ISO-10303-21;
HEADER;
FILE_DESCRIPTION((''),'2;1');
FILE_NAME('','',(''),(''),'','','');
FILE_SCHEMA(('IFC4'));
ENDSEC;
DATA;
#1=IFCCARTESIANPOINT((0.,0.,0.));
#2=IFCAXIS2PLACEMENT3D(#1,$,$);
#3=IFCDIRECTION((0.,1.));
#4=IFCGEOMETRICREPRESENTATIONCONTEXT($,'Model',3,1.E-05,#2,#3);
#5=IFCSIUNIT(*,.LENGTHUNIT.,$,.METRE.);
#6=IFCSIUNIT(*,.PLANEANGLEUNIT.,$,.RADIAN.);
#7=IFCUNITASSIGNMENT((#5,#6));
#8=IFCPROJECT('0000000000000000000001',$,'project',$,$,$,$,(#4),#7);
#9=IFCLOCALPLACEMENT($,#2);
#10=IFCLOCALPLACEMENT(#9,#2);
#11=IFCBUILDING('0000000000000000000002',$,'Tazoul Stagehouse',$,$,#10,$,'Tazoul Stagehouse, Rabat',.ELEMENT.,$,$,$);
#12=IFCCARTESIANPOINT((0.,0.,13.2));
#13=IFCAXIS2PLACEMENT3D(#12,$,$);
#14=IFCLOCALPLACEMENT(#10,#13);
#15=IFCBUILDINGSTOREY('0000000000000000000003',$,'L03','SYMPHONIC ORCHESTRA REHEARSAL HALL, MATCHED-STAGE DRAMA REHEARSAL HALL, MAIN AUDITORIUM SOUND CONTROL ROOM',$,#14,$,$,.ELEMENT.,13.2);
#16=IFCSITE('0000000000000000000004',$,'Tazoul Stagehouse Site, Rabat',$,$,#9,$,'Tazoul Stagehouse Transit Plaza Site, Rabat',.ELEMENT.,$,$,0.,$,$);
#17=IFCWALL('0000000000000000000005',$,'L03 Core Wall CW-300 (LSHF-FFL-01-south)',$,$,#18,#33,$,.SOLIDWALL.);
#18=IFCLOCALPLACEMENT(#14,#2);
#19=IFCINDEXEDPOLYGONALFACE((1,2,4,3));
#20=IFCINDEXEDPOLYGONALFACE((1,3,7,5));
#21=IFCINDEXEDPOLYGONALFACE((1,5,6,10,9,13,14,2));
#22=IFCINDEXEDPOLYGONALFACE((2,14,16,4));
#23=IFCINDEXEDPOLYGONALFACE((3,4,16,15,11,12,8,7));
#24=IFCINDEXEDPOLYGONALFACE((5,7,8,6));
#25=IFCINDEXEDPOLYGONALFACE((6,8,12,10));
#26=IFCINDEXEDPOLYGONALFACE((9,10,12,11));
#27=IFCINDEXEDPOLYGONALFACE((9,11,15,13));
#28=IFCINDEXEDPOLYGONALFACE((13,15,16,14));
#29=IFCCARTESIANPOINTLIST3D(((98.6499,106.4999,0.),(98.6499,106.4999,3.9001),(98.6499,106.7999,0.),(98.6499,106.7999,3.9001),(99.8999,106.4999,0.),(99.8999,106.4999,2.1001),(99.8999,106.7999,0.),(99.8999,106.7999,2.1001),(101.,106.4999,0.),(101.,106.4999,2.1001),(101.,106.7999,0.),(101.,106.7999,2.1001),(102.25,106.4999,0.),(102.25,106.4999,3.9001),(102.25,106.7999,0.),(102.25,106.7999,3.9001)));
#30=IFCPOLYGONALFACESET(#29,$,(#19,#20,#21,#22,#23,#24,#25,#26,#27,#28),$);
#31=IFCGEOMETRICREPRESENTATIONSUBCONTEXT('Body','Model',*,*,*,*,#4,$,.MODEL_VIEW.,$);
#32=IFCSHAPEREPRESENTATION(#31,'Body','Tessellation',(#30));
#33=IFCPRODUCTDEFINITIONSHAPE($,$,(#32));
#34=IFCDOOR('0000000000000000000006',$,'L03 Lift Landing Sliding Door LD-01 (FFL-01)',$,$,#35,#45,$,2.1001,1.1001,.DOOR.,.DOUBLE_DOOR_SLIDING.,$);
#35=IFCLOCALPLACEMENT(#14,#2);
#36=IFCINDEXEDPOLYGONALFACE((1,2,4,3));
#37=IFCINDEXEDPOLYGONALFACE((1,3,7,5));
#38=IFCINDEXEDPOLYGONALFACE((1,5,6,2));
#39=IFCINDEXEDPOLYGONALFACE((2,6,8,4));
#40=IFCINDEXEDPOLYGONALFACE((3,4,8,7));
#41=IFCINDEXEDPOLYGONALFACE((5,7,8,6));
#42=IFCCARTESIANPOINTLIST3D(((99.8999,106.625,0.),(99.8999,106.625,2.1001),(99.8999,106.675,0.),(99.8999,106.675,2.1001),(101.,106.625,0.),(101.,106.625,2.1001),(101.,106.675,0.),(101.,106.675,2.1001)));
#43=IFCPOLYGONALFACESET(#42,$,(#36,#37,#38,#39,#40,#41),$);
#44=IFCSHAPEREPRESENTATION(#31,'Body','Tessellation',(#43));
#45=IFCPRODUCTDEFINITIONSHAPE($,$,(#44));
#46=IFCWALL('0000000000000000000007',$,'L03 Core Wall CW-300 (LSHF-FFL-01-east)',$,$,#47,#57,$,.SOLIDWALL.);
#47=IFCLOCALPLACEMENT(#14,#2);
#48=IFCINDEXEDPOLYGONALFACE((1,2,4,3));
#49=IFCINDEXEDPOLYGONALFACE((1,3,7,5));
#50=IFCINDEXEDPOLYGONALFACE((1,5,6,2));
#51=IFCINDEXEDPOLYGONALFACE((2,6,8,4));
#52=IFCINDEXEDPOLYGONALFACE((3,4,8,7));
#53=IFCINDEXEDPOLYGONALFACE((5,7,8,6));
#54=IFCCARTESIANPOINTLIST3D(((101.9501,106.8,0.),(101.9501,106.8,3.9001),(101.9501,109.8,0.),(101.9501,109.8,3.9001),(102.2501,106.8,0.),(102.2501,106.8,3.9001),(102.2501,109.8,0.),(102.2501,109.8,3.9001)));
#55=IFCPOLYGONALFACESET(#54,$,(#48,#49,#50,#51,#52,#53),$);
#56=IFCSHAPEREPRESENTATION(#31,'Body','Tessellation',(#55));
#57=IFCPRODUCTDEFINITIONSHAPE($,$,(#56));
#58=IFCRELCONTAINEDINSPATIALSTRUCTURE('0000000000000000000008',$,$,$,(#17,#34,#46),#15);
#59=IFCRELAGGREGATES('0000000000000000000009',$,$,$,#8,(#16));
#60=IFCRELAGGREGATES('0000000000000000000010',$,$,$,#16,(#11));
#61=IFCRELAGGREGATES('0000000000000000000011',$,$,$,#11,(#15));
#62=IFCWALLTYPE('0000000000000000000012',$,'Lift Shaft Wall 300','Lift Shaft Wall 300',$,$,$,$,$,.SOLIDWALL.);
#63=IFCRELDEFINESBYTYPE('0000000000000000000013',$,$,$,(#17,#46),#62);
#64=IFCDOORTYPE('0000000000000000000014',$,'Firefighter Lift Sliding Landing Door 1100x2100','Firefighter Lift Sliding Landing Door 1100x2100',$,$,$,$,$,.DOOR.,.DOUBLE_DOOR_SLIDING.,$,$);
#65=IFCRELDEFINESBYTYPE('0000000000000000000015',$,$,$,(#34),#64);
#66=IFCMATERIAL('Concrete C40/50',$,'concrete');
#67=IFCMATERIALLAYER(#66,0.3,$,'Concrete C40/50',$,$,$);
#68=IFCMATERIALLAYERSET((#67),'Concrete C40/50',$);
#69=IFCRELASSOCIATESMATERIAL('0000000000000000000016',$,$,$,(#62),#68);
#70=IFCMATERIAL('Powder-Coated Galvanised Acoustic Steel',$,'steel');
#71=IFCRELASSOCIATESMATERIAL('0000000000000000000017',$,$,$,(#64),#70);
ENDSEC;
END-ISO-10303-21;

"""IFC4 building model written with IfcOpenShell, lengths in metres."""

from ifc_helpers import new_model, si_unit, direction, frame, frame_2d, origin, place, context, subcontext, project, spatial, rectangle, extrude, material, layer, layer_set, type_object, element, fill, save


model = new_model("IFC4")

# Units and contexts
model_context = context("Model", 3, precision=1e-05, world=origin(), true_north=direction((0.0, 1.0)))
body_context = subcontext(model_context, "Body", "Model", "MODEL_VIEW")
ifc_project = project(units=[si_unit("LENGTHUNIT", "METRE"), si_unit("PLANEANGLEUNIT", "RADIAN")], contexts=[model_context])

# Site, building, storey
site_placement = place(None, origin())
building_placement = place(site_placement, origin())
storey_placement = place(building_placement, frame((0.0, 0.0, 13.2)))
site = spatial("IfcSite", under=ifc_project, at=site_placement, Name="Tazoul Stagehouse Site, Rabat", LongName="Tazoul Stagehouse Transit Plaza Site, Rabat", CompositionType="ELEMENT", RefElevation=0.0)
building = spatial("IfcBuilding", under=site, at=building_placement, Name="Tazoul Stagehouse", LongName="Tazoul Stagehouse, Rabat", CompositionType="ELEMENT")
storey = spatial("IfcBuildingStorey", under=building, at=storey_placement, Name="L03", Description="SYMPHONIC ORCHESTRA REHEARSAL HALL, MATCHED-STAGE DRAMA REHEARSAL HALL, MAIN AUDITORIUM SOUND CONTROL ROOM", CompositionType="ELEMENT", Elevation=13.2)

# Wall, opening, door
ifc_material_1 = material(Name="Concrete C40/50", Category="concrete")
ifc_layer_1 = layer(ifc_material_1, 0.3, Name="Concrete C40/50")
ifc_layer_set_1 = layer_set([ifc_layer_1], Name="Concrete C40/50")
wall_type = type_object("IfcWallType", Name="Lift Shaft Wall 300", Description="Lift Shaft Wall 300", PredefinedType="SOLIDWALL", material=ifc_layer_set_1)
wall_1_placement = place(storey_placement, frame((102.25, 106.6499, 0.0), z_axis=(0.0, 0.0, 1.0), x_axis=(-1.0, 0.0, 0.0)))
wall_1 = element("IfcWall", 1, at=wall_1_placement, inside=storey, type_object=wall_type, Name="L03 Core Wall CW-300 (LSHF-FFL-01-south)", PredefinedType="SOLIDWALL", context=body_context, shape_type="SweptSolid", body=[
    extrude(rectangle(XDim=3.6001, YDim=0.3, at=frame_2d((1.8, 0.0))), origin(), (0.0, 0.0, 1.0), 3.9001),
])
opening_placement = place(wall_1_placement, frame((1.25, 0.0, 0.0)))
opening = element("IfcOpeningElement", 2, at=opening_placement, cuts=wall_1, PredefinedType="OPENING", context=body_context, shape_type="SweptSolid", body=[
    extrude(rectangle(XDim=1.1001, YDim=2.1001, at=frame_2d((0.55, 1.05))), frame((0.0, 0.1699, 0.0), z_axis=(0.0, -1.0, 0.0), x_axis=(1.0, 0.0, 0.0)), (0.0, 0.0, 1.0), 0.3401),
])
ifc_material_2 = material(Name="Powder-Coated Galvanised Acoustic Steel", Category="steel")
door_type = type_object("IfcDoorType", Name="Firefighter Lift Sliding Landing Door 1100x2100", Description="Firefighter Lift Sliding Landing Door 1100x2100", OperationType="DOUBLE_DOOR_SLIDING", PredefinedType="DOOR", material=ifc_material_2)
door_placement = place(opening_placement, origin())
door = element("IfcDoor", 3, at=door_placement, inside=storey, type_object=door_type, Name="L03 Lift Landing Sliding Door LD-01 (FFL-01)", OperationType="DOUBLE_DOOR_SLIDING", OverallHeight=2.1001, OverallWidth=1.1001, PredefinedType="DOOR", context=body_context, shape_type="SweptSolid", body=[
    extrude(rectangle(XDim=1.1001, YDim=2.1001, at=frame_2d((0.55, 1.05))), frame((0.0, 0.0249, 0.0), z_axis=(0.0, -1.0, 0.0), x_axis=(1.0, 0.0, 0.0)), (0.0, 0.0, 1.0), 0.05),
])
fill(opening, door)

# Wall
wall_2_placement = place(storey_placement, frame((102.1001, 109.8, 0.0), z_axis=(0.0, 0.0, 1.0), x_axis=(0.0, -1.0, 0.0)))
element("IfcWall", 4, at=wall_2_placement, inside=storey, type_object=wall_type, Name="L03 Core Wall CW-300 (LSHF-FFL-01-east)", PredefinedType="SOLIDWALL", context=body_context, shape_type="SweptSolid", body=[
    extrude(rectangle(XDim=3.0, YDim=0.3, at=frame_2d((1.5, 0.0))), origin(), (0.0, 0.0, 1.0), 3.9001),
])

save(model, "model.ifc")
